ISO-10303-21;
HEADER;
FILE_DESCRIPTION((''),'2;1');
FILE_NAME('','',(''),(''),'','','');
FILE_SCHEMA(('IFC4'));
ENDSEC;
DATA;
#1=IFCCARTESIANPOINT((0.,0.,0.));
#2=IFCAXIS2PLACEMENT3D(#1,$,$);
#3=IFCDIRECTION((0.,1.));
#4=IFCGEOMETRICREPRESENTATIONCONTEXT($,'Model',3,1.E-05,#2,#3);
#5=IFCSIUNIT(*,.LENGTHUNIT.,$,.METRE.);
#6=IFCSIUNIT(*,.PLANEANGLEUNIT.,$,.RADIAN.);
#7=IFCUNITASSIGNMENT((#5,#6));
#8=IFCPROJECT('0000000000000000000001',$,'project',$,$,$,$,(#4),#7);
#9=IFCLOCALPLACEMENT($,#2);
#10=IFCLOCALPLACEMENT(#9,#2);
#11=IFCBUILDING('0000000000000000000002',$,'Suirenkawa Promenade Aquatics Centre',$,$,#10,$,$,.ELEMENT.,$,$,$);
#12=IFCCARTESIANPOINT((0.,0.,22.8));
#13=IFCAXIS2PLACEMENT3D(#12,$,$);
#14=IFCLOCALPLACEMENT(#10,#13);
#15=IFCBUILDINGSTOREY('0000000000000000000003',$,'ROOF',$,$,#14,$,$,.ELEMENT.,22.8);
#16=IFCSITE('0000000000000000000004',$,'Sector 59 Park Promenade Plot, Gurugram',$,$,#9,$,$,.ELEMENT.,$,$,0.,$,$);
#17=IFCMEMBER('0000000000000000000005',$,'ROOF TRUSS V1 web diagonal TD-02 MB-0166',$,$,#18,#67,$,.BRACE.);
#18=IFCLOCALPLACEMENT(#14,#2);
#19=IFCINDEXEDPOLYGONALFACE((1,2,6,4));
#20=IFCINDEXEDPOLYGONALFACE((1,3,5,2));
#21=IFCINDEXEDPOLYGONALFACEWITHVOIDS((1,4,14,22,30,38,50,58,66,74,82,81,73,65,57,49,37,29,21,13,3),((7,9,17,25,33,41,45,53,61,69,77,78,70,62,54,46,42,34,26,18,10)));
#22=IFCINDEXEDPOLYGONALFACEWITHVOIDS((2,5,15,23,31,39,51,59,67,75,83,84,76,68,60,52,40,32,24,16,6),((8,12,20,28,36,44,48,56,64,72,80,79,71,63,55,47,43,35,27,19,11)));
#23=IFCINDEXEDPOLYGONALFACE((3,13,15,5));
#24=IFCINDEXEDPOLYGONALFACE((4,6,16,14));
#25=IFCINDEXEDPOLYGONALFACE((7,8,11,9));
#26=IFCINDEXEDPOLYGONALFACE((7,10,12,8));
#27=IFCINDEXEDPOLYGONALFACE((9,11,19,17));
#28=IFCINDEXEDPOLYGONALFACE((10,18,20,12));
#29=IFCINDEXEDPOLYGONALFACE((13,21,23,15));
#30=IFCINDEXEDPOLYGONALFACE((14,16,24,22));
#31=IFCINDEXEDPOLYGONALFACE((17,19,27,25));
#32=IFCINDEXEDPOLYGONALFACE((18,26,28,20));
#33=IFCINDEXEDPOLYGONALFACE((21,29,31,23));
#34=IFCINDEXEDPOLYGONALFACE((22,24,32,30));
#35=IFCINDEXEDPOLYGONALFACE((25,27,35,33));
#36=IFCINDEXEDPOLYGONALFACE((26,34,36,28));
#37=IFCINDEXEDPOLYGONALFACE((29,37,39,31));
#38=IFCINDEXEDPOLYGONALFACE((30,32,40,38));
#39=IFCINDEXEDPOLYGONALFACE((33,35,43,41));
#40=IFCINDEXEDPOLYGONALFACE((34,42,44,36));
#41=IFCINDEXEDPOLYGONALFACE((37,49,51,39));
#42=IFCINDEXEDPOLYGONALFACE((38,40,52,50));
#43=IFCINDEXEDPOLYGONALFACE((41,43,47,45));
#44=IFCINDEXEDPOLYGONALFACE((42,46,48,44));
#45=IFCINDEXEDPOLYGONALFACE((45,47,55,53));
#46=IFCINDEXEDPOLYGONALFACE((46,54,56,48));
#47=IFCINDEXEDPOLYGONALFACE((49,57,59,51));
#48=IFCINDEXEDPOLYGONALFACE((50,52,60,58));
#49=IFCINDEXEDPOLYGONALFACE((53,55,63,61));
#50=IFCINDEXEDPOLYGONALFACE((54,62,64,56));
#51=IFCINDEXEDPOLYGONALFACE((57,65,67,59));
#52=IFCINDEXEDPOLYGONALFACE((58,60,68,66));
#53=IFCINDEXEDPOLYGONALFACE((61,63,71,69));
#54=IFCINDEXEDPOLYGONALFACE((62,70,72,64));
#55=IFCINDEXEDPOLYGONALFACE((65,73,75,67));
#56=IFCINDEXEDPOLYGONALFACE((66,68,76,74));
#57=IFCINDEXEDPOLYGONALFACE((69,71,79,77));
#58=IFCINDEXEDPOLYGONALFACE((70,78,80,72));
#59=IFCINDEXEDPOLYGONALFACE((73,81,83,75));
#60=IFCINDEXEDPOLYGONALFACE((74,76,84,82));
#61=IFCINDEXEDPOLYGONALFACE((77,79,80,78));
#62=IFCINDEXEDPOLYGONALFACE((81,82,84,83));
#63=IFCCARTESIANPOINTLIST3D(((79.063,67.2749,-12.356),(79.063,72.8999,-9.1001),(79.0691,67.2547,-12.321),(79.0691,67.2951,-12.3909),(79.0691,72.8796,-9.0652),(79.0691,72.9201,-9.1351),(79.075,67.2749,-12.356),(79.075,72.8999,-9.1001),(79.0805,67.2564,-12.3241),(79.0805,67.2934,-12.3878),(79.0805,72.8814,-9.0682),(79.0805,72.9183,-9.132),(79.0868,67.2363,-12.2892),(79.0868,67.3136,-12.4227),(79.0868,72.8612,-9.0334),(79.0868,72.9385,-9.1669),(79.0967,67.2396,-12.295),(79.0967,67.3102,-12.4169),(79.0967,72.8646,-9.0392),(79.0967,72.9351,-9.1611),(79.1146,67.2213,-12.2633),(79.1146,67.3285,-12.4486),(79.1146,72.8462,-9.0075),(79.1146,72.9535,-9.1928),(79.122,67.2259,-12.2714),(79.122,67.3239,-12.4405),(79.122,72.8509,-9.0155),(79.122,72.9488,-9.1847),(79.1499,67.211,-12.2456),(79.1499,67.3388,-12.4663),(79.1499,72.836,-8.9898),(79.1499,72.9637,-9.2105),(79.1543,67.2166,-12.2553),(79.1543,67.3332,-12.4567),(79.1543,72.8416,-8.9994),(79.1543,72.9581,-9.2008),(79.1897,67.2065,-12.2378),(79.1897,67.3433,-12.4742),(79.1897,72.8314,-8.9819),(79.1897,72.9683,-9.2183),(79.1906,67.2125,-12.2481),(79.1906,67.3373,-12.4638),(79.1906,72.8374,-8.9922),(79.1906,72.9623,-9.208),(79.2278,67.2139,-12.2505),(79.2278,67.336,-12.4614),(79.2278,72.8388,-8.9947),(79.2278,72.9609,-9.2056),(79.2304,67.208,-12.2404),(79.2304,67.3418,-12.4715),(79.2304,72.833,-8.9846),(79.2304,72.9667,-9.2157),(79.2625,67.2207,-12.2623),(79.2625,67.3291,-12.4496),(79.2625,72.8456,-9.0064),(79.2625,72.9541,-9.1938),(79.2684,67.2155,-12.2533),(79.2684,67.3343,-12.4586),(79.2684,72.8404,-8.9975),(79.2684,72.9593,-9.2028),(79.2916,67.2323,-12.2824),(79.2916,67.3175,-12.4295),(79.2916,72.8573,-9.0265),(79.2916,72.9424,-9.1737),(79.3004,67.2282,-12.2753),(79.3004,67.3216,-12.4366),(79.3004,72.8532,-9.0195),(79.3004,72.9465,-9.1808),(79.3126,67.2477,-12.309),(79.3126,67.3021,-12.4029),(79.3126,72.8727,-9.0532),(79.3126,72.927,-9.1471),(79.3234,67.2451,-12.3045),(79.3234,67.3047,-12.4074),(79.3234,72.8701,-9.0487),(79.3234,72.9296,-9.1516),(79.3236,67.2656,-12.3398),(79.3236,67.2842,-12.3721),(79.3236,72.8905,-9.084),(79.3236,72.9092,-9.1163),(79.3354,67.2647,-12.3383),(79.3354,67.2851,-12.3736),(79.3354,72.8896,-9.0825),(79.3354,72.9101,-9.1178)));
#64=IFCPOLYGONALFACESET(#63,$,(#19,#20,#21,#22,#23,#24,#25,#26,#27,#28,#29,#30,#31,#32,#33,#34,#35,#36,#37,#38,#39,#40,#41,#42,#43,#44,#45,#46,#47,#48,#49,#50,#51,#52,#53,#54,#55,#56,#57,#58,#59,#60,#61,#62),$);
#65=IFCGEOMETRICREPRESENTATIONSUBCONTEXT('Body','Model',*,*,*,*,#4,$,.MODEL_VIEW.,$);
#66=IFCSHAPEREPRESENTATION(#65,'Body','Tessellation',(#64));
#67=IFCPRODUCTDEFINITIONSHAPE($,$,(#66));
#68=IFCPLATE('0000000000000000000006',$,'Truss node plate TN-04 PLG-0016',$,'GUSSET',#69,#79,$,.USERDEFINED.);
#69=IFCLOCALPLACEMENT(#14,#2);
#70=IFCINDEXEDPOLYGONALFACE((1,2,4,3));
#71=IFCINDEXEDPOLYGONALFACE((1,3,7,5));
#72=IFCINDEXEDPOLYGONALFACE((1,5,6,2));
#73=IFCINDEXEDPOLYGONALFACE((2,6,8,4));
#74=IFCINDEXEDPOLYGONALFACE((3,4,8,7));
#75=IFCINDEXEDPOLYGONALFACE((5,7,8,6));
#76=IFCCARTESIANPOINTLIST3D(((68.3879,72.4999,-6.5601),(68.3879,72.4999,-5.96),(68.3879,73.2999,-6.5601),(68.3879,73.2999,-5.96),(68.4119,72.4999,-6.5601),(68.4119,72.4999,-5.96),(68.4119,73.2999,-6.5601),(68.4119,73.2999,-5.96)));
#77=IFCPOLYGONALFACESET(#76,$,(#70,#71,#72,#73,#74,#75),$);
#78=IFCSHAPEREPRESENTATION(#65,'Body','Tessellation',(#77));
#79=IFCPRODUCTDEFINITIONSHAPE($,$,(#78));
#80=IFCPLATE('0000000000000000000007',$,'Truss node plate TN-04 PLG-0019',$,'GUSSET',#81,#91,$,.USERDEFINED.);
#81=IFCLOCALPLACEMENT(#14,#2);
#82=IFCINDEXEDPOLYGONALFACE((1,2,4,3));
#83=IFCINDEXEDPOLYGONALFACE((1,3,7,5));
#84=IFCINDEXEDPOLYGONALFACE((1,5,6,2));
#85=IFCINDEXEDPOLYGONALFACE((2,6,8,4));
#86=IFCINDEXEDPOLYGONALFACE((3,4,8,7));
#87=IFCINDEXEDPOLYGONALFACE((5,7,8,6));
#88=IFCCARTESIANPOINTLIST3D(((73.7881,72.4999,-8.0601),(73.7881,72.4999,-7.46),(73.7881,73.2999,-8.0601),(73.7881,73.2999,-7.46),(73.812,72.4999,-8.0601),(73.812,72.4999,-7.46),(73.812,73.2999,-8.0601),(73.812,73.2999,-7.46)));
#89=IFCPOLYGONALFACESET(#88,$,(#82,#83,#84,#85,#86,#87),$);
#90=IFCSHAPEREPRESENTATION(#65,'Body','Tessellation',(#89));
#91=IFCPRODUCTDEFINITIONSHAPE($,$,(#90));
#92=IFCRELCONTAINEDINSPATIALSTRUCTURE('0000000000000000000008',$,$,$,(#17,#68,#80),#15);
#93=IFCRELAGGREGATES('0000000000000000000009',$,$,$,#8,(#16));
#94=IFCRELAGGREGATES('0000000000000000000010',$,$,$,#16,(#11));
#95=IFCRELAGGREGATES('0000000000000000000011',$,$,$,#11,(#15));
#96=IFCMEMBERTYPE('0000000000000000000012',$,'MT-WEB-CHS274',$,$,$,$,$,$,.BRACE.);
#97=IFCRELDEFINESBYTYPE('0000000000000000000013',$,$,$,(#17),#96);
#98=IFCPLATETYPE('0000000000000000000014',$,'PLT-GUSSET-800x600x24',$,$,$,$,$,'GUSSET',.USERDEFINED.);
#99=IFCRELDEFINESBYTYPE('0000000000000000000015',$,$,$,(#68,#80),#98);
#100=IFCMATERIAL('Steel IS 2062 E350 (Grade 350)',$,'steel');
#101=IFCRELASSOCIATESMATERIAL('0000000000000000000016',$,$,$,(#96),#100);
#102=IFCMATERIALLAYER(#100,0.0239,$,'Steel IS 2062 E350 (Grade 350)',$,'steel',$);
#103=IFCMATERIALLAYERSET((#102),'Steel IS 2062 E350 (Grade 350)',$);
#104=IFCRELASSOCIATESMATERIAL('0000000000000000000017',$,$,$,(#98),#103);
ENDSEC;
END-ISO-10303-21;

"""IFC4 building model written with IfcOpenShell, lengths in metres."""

from ifc_helpers import new_model, si_unit, direction, frame, origin, origin_2d, place, context, subcontext, project, spatial, rectangle, hollow_circle, extrude, material, layer, layer_set, material_profile, profile_set, type_object, element, save


model = new_model("IFC4")

# Units and contexts
model_context = context("Model", 3, precision=1e-05, world=origin(), true_north=direction((0.0, 1.0)))
body_context = subcontext(model_context, "Body", "Model", "MODEL_VIEW")
ifc_project = project(units=[si_unit("LENGTHUNIT", "METRE"), si_unit("PLANEANGLEUNIT", "RADIAN")], contexts=[model_context])

# Site, building, storey
site_placement = place(None, origin())
site = spatial("IfcSite", under=ifc_project, at=site_placement, Name="Sector 59 Park Promenade Plot, Gurugram", CompositionType="ELEMENT", RefElevation=0.0)
building_placement = place(site_placement, origin())
building = spatial("IfcBuilding", under=site, at=building_placement, Name="Suirenkawa Promenade Aquatics Centre", CompositionType="ELEMENT")
storey_placement = place(building_placement, frame((0.0, 0.0, 22.8)))
storey = spatial("IfcBuildingStorey", under=building, at=storey_placement, Name="ROOF", CompositionType="ELEMENT", Elevation=22.8)

# Shared definitions
ifc_material = material(Name="Steel IS 2062 E350 (Grade 350)", Category="steel")

# Member
ifc_material_profile_1 = material_profile(ifc_material, hollow_circle(Radius=0.137, WallThickness=0.012, at=origin_2d()), Name="CHS 274x12", Category="steel")
ifc_profile_set_1 = profile_set([ifc_material_profile_1], Name="Steel IS 2062 E350 (Grade 350)")
member_type_1 = type_object("IfcMemberType", Name="MT-WEB-CHS274", PredefinedType="BRACE", material=ifc_profile_set_1)
member_1_placement = place(storey_placement, frame((79.2, 67.2749, -12.356), z_axis=(0.0, 0.865474, 0.500953), x_axis=(-1.0, 0.0, 0.0)))
element("IfcMember", 1, at=member_1_placement, inside=storey, type_object=member_type_1, Name="ROOF TRUSS V1 web diagonal TD-02 MB-0166", PredefinedType="BRACE", context=body_context, shape_type="SweptSolid", body=[
    extrude(hollow_circle(Radius=0.137, WallThickness=0.012, at=origin_2d()), origin(), (0.0, 0.0, 1.0), 6.4993),
])

# Plates
ifc_layer = layer(ifc_material, 0.0239, Name="Steel IS 2062 E350 (Grade 350)", Category="steel")
ifc_layer_set = layer_set([ifc_layer], Name="Steel IS 2062 E350 (Grade 350)")
plate_type = type_object("IfcPlateType", Name="PLT-GUSSET-800x600x24", ElementType="GUSSET", PredefinedType="USERDEFINED", material=ifc_layer_set)
for number, where, z_axis, x_axis, name in (
    (2, (68.3999, 72.8999, -6.5601), (0.0, 0.0, 1.0), (0.0, 1.0, 0.0), "Truss node plate TN-04 PLG-0016"),
    (3, (73.8, 72.8999, -8.0601), (0.0, 0.0, 1.0), (0.0, 1.0, 0.0), "Truss node plate TN-04 PLG-0019"),
):
    element("IfcPlate", number, at=place(storey_placement, frame(where, z_axis=z_axis, x_axis=x_axis)), inside=storey, type_object=plate_type, Name=name, ObjectType="GUSSET", PredefinedType="USERDEFINED", context=body_context, shape_type="SweptSolid", body=[
        extrude(rectangle(XDim=0.8, YDim=0.0239, at=origin_2d()), origin(), (0.0, 0.0, 1.0), 0.6001),
    ])

save(model, "model.ifc")
